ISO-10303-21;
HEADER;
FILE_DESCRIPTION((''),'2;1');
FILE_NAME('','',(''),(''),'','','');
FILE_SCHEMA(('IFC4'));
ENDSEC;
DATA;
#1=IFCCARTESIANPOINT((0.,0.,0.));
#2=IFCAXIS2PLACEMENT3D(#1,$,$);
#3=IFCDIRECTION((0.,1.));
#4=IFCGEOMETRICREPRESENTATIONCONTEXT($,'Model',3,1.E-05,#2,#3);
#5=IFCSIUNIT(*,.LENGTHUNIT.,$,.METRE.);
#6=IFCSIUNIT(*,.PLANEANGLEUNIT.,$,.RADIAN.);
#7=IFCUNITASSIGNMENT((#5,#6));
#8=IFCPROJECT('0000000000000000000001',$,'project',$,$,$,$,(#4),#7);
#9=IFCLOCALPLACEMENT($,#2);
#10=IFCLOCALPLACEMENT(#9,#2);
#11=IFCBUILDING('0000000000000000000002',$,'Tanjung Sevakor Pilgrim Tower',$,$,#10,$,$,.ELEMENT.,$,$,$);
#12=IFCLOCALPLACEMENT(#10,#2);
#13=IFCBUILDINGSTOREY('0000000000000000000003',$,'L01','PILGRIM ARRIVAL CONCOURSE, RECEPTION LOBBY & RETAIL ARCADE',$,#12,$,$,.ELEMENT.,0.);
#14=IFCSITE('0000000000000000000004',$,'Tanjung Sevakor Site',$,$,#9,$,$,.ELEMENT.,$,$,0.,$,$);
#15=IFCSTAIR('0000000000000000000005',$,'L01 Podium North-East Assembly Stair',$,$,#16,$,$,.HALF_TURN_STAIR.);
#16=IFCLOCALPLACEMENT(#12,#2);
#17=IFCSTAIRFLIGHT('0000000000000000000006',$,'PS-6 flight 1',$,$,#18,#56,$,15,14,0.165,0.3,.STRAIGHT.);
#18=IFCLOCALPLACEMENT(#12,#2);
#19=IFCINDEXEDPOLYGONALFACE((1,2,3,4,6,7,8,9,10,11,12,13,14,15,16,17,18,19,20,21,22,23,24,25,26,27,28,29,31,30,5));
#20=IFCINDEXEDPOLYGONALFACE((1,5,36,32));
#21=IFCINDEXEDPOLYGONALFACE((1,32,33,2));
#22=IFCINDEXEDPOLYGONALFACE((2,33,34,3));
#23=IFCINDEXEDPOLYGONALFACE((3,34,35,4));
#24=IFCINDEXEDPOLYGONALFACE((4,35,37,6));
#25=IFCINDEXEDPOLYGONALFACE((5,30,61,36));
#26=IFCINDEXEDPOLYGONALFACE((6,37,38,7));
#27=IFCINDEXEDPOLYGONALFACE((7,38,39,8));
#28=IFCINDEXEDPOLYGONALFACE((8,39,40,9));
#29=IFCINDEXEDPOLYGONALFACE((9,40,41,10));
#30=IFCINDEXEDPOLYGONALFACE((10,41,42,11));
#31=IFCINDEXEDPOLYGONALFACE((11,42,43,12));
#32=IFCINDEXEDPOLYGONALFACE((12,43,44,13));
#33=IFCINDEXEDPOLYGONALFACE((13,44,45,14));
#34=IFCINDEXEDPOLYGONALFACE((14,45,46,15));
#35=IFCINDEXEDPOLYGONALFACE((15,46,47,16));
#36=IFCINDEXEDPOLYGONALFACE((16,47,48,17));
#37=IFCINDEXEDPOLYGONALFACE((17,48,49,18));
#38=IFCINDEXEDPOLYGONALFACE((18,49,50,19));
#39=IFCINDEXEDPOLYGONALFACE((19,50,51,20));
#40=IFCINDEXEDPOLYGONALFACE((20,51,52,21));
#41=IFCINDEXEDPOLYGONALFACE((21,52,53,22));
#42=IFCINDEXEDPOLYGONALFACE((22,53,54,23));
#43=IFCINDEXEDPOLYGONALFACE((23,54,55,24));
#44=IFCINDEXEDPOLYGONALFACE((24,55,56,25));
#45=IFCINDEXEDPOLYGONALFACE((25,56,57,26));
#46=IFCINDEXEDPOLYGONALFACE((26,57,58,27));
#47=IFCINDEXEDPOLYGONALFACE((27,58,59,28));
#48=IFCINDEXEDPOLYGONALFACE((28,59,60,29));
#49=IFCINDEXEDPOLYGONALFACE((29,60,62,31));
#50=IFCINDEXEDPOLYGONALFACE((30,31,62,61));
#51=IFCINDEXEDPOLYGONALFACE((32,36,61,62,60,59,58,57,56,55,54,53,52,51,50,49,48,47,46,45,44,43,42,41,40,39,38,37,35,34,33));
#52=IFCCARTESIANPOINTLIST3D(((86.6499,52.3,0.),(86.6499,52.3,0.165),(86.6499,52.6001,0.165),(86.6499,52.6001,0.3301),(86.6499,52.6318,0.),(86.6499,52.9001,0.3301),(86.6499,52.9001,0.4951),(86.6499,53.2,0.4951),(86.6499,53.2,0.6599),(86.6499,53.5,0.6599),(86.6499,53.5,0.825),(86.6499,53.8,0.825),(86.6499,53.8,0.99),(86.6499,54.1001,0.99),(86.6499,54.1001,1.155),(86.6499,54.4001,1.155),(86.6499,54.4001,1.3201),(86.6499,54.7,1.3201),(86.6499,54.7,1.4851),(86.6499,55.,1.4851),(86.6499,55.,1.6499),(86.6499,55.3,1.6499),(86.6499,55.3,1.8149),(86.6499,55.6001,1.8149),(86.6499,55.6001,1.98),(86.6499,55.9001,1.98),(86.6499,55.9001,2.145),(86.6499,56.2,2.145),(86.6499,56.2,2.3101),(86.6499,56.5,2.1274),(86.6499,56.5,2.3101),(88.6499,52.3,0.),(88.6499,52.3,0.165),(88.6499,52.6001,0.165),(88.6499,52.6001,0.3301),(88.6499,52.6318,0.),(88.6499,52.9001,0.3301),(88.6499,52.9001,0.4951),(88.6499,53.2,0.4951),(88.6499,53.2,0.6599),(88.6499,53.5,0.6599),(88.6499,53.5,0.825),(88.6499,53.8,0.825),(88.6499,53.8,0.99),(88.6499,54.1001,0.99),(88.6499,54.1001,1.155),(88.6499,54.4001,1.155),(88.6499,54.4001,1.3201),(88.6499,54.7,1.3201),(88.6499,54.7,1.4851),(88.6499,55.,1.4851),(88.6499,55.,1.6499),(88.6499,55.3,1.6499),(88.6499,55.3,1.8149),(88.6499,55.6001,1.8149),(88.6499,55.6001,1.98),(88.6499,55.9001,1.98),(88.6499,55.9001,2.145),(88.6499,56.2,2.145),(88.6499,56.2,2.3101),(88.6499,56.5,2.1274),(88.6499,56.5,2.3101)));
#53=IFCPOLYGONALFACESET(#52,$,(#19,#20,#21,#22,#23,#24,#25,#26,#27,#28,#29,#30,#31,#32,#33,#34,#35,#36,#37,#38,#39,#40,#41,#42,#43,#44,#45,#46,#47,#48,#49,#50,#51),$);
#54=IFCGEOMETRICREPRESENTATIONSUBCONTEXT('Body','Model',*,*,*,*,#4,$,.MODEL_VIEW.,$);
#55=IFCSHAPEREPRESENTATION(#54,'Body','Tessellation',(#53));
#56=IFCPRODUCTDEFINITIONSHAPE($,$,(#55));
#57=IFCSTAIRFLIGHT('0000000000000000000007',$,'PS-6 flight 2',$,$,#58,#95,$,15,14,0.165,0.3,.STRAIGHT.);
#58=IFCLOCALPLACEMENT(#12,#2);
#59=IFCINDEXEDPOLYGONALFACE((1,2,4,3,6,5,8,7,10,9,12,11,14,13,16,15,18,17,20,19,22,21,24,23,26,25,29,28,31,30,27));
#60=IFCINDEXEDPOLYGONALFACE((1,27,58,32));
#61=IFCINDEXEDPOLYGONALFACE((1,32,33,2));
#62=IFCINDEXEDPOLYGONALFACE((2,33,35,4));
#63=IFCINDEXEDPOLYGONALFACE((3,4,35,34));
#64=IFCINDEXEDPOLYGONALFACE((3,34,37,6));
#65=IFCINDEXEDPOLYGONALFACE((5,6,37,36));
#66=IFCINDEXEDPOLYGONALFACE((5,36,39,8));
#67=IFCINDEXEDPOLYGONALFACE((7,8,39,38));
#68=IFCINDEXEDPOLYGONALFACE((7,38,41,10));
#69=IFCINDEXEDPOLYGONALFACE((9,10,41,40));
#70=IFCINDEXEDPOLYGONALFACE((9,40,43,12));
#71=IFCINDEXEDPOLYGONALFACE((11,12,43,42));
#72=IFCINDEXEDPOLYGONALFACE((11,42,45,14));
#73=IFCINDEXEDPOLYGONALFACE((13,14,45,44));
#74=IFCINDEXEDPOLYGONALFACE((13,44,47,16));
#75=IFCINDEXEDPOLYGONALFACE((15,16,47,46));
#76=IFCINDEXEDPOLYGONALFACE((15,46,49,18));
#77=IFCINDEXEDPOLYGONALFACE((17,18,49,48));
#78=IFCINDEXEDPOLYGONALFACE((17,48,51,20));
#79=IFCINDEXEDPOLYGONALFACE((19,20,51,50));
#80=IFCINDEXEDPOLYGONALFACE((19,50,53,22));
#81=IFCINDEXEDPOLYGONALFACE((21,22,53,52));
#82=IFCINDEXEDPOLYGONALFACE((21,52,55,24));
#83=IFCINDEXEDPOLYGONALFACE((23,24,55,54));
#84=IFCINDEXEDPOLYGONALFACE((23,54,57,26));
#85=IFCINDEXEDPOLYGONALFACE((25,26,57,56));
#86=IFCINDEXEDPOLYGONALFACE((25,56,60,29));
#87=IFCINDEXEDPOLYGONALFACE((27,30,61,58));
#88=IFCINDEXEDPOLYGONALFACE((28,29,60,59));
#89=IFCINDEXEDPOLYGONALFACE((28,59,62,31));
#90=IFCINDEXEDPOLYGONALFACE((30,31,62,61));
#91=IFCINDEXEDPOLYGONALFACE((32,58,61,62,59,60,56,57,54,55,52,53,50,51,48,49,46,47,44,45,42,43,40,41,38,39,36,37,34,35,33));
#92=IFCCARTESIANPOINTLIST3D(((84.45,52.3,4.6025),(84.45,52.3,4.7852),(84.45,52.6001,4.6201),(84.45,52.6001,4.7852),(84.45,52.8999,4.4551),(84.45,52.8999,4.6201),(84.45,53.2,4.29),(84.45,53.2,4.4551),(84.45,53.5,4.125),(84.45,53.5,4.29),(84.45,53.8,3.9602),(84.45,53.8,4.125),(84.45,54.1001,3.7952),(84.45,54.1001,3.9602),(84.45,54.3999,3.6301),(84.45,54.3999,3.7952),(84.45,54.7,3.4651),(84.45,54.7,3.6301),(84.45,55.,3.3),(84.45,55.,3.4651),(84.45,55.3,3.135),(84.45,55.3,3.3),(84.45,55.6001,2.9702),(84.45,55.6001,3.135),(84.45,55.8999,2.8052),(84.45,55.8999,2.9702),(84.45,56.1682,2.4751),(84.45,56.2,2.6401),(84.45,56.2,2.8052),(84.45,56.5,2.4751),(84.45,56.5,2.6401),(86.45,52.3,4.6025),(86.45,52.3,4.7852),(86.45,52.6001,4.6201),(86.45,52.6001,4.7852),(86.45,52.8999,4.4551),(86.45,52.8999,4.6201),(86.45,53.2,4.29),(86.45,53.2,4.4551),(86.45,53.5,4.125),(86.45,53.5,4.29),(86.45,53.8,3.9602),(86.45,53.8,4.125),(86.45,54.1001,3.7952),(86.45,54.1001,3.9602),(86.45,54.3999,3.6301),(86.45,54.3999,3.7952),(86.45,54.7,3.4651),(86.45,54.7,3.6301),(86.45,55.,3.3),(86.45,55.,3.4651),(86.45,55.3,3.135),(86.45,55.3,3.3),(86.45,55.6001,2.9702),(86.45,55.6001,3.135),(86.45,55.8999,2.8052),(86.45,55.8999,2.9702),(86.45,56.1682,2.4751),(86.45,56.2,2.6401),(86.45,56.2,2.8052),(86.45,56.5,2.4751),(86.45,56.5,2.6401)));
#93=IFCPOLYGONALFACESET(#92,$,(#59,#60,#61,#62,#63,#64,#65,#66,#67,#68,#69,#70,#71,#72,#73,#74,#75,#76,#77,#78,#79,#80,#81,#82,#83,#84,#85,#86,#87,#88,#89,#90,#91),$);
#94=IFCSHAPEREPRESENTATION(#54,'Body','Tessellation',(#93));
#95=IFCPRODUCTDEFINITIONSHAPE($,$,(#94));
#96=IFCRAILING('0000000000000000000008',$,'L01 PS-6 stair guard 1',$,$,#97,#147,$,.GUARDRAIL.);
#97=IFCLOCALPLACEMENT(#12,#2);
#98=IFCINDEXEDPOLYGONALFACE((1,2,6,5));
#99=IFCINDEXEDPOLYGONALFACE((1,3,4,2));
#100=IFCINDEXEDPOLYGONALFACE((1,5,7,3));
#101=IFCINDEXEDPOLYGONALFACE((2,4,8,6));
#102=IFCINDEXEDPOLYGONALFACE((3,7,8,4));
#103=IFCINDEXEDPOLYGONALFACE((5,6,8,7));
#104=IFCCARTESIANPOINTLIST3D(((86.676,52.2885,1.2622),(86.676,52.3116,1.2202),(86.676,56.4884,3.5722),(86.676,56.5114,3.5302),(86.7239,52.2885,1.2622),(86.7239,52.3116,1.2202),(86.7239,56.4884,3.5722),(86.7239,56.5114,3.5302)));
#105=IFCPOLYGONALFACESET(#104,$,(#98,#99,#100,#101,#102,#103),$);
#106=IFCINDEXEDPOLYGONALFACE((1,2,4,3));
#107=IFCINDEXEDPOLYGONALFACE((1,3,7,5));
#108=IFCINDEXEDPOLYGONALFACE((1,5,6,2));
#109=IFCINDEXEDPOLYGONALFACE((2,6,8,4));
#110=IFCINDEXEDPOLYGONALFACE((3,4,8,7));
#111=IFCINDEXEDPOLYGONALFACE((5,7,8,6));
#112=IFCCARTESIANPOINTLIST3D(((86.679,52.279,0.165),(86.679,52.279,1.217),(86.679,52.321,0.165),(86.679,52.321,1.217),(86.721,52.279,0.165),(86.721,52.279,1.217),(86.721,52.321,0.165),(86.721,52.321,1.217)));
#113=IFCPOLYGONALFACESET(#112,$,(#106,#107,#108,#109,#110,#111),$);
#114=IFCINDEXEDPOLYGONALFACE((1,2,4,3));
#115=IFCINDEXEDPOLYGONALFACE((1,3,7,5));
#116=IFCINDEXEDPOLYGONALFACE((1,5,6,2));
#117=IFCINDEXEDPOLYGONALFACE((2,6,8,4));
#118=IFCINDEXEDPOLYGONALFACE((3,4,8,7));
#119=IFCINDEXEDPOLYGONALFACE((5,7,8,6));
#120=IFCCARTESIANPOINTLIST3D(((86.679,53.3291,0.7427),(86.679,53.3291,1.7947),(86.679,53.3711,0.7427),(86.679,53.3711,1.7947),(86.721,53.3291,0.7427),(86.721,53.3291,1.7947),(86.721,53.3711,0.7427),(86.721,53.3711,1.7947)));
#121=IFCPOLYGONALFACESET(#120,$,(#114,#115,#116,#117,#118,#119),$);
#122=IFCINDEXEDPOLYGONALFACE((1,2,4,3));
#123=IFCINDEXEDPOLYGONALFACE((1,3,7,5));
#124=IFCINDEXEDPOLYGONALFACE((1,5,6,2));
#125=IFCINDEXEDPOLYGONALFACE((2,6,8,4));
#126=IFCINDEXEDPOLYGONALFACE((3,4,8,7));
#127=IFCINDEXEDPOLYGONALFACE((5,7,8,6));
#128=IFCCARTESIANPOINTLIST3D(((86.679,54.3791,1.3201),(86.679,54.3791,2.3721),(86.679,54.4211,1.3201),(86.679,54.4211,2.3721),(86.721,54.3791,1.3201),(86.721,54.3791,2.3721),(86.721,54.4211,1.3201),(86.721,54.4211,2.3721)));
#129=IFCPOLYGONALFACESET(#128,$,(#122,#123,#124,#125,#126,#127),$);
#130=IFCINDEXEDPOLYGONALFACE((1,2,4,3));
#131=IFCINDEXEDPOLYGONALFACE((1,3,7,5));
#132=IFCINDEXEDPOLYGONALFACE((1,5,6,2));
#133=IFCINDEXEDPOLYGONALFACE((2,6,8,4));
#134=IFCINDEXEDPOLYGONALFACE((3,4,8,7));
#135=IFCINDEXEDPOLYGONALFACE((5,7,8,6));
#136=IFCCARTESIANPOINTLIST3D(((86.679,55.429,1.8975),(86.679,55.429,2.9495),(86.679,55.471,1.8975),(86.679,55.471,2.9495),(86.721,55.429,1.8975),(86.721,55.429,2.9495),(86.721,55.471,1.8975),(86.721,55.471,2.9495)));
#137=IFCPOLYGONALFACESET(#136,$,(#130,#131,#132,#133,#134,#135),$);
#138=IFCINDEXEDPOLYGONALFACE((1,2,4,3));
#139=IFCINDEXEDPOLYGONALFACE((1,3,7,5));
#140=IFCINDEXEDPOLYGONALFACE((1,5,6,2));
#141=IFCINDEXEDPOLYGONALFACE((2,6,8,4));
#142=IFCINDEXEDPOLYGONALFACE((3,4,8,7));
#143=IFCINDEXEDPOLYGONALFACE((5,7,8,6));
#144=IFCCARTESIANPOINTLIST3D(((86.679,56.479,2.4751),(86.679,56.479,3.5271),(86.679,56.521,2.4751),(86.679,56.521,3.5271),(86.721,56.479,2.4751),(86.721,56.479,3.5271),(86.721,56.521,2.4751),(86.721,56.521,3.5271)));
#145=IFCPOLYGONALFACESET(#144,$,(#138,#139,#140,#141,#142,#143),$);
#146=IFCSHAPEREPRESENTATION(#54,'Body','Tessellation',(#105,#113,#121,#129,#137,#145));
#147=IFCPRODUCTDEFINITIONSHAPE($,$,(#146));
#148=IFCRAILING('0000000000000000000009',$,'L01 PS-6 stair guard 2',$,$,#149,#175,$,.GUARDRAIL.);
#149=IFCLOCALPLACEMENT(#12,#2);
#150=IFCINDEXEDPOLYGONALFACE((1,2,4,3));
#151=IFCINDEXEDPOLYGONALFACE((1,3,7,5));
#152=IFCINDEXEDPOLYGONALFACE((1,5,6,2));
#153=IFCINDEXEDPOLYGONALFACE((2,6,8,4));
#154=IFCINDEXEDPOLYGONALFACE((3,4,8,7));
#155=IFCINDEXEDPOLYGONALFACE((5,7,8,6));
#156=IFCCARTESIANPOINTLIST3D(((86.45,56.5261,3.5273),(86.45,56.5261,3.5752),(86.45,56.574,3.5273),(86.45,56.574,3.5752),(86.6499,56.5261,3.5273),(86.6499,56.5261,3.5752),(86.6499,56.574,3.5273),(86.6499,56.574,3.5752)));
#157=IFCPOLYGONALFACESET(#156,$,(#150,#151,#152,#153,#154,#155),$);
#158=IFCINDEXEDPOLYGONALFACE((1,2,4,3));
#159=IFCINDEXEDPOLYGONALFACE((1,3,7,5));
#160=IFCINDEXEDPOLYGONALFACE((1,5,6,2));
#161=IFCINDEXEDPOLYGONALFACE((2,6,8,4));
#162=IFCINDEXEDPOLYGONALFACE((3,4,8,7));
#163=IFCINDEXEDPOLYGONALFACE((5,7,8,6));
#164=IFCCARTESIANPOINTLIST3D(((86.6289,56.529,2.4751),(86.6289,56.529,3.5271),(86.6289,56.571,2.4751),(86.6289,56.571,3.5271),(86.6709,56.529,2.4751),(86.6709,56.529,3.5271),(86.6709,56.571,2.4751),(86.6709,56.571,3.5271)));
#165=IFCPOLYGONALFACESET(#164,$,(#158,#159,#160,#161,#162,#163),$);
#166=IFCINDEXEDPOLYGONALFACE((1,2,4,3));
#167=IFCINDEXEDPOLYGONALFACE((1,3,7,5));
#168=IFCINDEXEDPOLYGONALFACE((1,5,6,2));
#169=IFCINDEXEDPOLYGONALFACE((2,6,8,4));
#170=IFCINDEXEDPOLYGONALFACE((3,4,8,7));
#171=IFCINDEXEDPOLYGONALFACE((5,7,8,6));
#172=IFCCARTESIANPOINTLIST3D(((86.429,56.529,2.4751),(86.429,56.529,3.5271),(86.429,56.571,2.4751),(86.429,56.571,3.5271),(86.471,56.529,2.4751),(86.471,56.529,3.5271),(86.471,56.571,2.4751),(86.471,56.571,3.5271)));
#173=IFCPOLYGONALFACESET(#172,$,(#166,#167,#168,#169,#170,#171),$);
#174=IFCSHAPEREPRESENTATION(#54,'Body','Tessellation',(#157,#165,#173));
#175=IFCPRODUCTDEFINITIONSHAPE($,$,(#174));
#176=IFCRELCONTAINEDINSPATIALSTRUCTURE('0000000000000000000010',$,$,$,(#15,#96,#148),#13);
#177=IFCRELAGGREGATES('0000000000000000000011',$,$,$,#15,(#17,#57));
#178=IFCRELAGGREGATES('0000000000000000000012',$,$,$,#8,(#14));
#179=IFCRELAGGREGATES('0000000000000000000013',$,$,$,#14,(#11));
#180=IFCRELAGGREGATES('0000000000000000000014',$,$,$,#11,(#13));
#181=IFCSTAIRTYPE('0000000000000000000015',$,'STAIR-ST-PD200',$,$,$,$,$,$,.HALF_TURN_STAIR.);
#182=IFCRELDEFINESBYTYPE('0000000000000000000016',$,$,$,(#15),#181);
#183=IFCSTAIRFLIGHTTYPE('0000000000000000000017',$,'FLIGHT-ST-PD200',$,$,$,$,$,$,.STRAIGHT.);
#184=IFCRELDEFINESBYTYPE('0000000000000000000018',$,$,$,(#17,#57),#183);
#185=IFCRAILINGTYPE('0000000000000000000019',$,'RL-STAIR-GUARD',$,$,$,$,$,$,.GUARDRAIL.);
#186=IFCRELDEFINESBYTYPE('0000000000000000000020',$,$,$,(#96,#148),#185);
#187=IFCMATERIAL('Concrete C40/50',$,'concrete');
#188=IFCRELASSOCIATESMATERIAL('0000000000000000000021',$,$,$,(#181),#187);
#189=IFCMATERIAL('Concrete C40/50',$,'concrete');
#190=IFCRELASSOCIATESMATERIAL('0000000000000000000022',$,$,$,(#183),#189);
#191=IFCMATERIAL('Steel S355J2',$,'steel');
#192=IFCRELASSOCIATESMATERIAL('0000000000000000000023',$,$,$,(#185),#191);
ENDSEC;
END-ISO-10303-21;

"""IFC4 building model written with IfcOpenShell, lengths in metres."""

from ifc_helpers import new_model, si_unit, direction, frame, origin, place, context, subcontext, project, spatial, polyline, rectangle, outline, extrude, material, type_object, element, aggregate, save


model = new_model("IFC4")

# Units and contexts
model_context = context("Model", 3, precision=1e-05, world=origin(), true_north=direction((0.0, 1.0)))
body_context = subcontext(model_context, "Body", "Model", "MODEL_VIEW")
ifc_project = project(units=[si_unit("LENGTHUNIT", "METRE"), si_unit("PLANEANGLEUNIT", "RADIAN")], contexts=[model_context])

# Site, building, storey
site_placement = place(None, origin())
site = spatial("IfcSite", under=ifc_project, at=site_placement, Name="Tanjung Sevakor Site", CompositionType="ELEMENT", RefElevation=0.0)
building_placement = place(site_placement, origin())
building = spatial("IfcBuilding", under=site, at=building_placement, Name="Tanjung Sevakor Pilgrim Tower", CompositionType="ELEMENT")
storey_placement = place(building_placement, origin())
storey = spatial("IfcBuildingStorey", under=building, at=storey_placement, Name="L01", Description="PILGRIM ARRIVAL CONCOURSE, RECEPTION LOBBY & RETAIL ARCADE", CompositionType="ELEMENT", Elevation=0.0)

# Stair, stair flights
ifc_material_1 = material(Name="Concrete C40/50", Category="concrete")
stair_type = type_object("IfcStairType", Name="STAIR-ST-PD200", PredefinedType="HALF_TURN_STAIR", material=ifc_material_1)
stair_placement = place(storey_placement, origin())
stair = element("IfcStair", 1, at=stair_placement, inside=storey, type_object=stair_type, Name="L01 Podium North-East Assembly Stair", PredefinedType="HALF_TURN_STAIR")
ifc_material_2 = material(Name="Concrete C40/50", Category="concrete")
stair_flight_type = type_object("IfcStairFlightType", Name="FLIGHT-ST-PD200", PredefinedType="STRAIGHT", material=ifc_material_2)
stair_flight_1_placement = place(storey_placement, frame((87.6499, 52.3, 0.0), z_axis=(0.0, 0.0, 1.0), x_axis=(0.0, 1.0, 0.0)))
stair_flight_1 = element("IfcStairFlight", 2, at=stair_flight_1_placement, type_object=stair_flight_type, Name="PS-6 flight 1", NumberOfRisers=15, NumberOfTreads=14, PredefinedType="STRAIGHT", RiserHeight=0.165, TreadLength=0.3, context=body_context, shape_type="SweptSolid", body=[
    extrude(outline(polyline([(0.0, 0.0), (0.0, 0.165), (0.3, 0.165), (0.3, 0.3301), (0.6001, 0.3301), (0.6001, 0.4951), (0.8999, 0.4951), (0.8999, 0.6599), (1.2, 0.6599), (1.2, 0.825), (1.5, 0.825), (1.5, 0.99), (1.8, 0.99), (1.8, 1.155), (2.1001, 1.155), (2.1001, 1.3201), (2.3999, 1.3201), (2.3999, 1.4851), (2.7, 1.4851), (2.7, 1.6499), (3.0, 1.6499), (3.0, 1.8149), (3.3, 1.8149), (3.3, 1.98), (3.6001, 1.98), (3.6001, 2.145), (3.8999, 2.145), (3.8999, 2.3101), (4.2, 2.3101), (4.2, 2.4751), (4.2, 2.1274), (0.3318, 0.0), (0.0, 0.0)])), frame((0.0, 1.0, 0.0), z_axis=(0.0, -1.0, 0.0), x_axis=(1.0, 0.0, 0.0)), (0.0, 0.0, 1.0), 2.0),
])
stair_flight_2_placement = place(storey_placement, frame((85.45, 56.5, 2.4751), z_axis=(0.0, 0.0, 1.0), x_axis=(0.0, -1.0, 0.0)))
stair_flight_2 = element("IfcStairFlight", 3, at=stair_flight_2_placement, type_object=stair_flight_type, Name="PS-6 flight 2", NumberOfRisers=15, NumberOfTreads=14, PredefinedType="STRAIGHT", RiserHeight=0.165, TreadLength=0.3, context=body_context, shape_type="SweptSolid", body=[
    extrude(outline(polyline([(0.0, 0.0), (0.0, 0.165), (0.3, 0.165), (0.3, 0.3301), (0.6001, 0.3301), (0.6001, 0.4951), (0.8999, 0.4951), (0.8999, 0.6599), (1.2, 0.6599), (1.2, 0.825), (1.5, 0.825), (1.5, 0.99), (1.8, 0.99), (1.8, 1.155), (2.1001, 1.155), (2.1001, 1.3201), (2.3999, 1.3201), (2.3999, 1.4851), (2.7, 1.4851), (2.7, 1.6499), (3.0, 1.6499), (3.0, 1.8149), (3.3, 1.8149), (3.3, 1.98), (3.6001, 1.98), (3.6001, 2.145), (3.8999, 2.145), (3.8999, 2.3101), (4.2, 2.3101), (4.2, 2.4751), (4.2, 2.1274), (0.3318, 0.0), (0.0, 0.0)])), frame((0.0, 1.0, 0.0), z_axis=(0.0, -1.0, 0.0), x_axis=(1.0, 0.0, 0.0)), (0.0, 0.0, 1.0), 2.0),
])
aggregate(stair, [stair_flight_1, stair_flight_2])

# Railings
ifc_material_3 = material(Name="Steel S355J2", Category="steel")
railing_type_1 = type_object("IfcRailingType", Name="RL-STAIR-GUARD", PredefinedType="GUARDRAIL", material=ifc_material_3)
railing_1_placement = place(storey_placement, frame((86.7, 52.3, 0.165)))
element("IfcRailing", 4, at=railing_1_placement, inside=storey, type_object=railing_type_1, Name="L01 PS-6 stair guard 1", PredefinedType="GUARDRAIL", context=body_context, shape_type="SweptSolid", body=[
    extrude(rectangle(XDim=0.0479, YDim=0.0479), frame((0.0, 0.0, 1.0762), z_axis=(0.0, 0.876208, 0.481932), x_axis=(-1.0, 0.0, 0.0)), (0.0, 0.0, 1.0), 4.7932),
    extrude(rectangle(XDim=0.042, YDim=0.042), origin(), (0.0, 0.0, 1.0), 1.052),
    extrude(rectangle(XDim=0.042, YDim=0.042), frame((0.0, 1.05, 0.5776)), (0.0, 0.0, 1.0), 1.052),
    extrude(rectangle(XDim=0.042, YDim=0.042), frame((0.0, 2.1001, 1.155)), (0.0, 0.0, 1.0), 1.052),
    extrude(rectangle(XDim=0.042, YDim=0.042), frame((0.0, 3.1499, 1.7324)), (0.0, 0.0, 1.0), 1.052),
    extrude(rectangle(XDim=0.042, YDim=0.042), frame((0.0, 4.2, 2.3101)), (0.0, 0.0, 1.0), 1.052),
])
railing_2_placement = place(storey_placement, frame((86.6499, 56.55, 2.4751)))
element("IfcRailing", 5, at=railing_2_placement, inside=storey, type_object=railing_type_1, Name="L01 PS-6 stair guard 2", PredefinedType="GUARDRAIL", context=body_context, shape_type="SweptSolid", body=[
    extrude(rectangle(XDim=0.0479, YDim=0.0479), frame((0.0, 0.0, 1.0762), z_axis=(-1.0, 0.0, 0.0), x_axis=(0.0, -1.0, 0.0)), (0.0, 0.0, 1.0), 0.2),
    extrude(rectangle(XDim=0.042, YDim=0.042), origin(), (0.0, 0.0, 1.0), 1.052),
    extrude(rectangle(XDim=0.042, YDim=0.042), frame((-0.2, 0.0, 0.0)), (0.0, 0.0, 1.0), 1.052),
])

save(model, "model.ifc")
